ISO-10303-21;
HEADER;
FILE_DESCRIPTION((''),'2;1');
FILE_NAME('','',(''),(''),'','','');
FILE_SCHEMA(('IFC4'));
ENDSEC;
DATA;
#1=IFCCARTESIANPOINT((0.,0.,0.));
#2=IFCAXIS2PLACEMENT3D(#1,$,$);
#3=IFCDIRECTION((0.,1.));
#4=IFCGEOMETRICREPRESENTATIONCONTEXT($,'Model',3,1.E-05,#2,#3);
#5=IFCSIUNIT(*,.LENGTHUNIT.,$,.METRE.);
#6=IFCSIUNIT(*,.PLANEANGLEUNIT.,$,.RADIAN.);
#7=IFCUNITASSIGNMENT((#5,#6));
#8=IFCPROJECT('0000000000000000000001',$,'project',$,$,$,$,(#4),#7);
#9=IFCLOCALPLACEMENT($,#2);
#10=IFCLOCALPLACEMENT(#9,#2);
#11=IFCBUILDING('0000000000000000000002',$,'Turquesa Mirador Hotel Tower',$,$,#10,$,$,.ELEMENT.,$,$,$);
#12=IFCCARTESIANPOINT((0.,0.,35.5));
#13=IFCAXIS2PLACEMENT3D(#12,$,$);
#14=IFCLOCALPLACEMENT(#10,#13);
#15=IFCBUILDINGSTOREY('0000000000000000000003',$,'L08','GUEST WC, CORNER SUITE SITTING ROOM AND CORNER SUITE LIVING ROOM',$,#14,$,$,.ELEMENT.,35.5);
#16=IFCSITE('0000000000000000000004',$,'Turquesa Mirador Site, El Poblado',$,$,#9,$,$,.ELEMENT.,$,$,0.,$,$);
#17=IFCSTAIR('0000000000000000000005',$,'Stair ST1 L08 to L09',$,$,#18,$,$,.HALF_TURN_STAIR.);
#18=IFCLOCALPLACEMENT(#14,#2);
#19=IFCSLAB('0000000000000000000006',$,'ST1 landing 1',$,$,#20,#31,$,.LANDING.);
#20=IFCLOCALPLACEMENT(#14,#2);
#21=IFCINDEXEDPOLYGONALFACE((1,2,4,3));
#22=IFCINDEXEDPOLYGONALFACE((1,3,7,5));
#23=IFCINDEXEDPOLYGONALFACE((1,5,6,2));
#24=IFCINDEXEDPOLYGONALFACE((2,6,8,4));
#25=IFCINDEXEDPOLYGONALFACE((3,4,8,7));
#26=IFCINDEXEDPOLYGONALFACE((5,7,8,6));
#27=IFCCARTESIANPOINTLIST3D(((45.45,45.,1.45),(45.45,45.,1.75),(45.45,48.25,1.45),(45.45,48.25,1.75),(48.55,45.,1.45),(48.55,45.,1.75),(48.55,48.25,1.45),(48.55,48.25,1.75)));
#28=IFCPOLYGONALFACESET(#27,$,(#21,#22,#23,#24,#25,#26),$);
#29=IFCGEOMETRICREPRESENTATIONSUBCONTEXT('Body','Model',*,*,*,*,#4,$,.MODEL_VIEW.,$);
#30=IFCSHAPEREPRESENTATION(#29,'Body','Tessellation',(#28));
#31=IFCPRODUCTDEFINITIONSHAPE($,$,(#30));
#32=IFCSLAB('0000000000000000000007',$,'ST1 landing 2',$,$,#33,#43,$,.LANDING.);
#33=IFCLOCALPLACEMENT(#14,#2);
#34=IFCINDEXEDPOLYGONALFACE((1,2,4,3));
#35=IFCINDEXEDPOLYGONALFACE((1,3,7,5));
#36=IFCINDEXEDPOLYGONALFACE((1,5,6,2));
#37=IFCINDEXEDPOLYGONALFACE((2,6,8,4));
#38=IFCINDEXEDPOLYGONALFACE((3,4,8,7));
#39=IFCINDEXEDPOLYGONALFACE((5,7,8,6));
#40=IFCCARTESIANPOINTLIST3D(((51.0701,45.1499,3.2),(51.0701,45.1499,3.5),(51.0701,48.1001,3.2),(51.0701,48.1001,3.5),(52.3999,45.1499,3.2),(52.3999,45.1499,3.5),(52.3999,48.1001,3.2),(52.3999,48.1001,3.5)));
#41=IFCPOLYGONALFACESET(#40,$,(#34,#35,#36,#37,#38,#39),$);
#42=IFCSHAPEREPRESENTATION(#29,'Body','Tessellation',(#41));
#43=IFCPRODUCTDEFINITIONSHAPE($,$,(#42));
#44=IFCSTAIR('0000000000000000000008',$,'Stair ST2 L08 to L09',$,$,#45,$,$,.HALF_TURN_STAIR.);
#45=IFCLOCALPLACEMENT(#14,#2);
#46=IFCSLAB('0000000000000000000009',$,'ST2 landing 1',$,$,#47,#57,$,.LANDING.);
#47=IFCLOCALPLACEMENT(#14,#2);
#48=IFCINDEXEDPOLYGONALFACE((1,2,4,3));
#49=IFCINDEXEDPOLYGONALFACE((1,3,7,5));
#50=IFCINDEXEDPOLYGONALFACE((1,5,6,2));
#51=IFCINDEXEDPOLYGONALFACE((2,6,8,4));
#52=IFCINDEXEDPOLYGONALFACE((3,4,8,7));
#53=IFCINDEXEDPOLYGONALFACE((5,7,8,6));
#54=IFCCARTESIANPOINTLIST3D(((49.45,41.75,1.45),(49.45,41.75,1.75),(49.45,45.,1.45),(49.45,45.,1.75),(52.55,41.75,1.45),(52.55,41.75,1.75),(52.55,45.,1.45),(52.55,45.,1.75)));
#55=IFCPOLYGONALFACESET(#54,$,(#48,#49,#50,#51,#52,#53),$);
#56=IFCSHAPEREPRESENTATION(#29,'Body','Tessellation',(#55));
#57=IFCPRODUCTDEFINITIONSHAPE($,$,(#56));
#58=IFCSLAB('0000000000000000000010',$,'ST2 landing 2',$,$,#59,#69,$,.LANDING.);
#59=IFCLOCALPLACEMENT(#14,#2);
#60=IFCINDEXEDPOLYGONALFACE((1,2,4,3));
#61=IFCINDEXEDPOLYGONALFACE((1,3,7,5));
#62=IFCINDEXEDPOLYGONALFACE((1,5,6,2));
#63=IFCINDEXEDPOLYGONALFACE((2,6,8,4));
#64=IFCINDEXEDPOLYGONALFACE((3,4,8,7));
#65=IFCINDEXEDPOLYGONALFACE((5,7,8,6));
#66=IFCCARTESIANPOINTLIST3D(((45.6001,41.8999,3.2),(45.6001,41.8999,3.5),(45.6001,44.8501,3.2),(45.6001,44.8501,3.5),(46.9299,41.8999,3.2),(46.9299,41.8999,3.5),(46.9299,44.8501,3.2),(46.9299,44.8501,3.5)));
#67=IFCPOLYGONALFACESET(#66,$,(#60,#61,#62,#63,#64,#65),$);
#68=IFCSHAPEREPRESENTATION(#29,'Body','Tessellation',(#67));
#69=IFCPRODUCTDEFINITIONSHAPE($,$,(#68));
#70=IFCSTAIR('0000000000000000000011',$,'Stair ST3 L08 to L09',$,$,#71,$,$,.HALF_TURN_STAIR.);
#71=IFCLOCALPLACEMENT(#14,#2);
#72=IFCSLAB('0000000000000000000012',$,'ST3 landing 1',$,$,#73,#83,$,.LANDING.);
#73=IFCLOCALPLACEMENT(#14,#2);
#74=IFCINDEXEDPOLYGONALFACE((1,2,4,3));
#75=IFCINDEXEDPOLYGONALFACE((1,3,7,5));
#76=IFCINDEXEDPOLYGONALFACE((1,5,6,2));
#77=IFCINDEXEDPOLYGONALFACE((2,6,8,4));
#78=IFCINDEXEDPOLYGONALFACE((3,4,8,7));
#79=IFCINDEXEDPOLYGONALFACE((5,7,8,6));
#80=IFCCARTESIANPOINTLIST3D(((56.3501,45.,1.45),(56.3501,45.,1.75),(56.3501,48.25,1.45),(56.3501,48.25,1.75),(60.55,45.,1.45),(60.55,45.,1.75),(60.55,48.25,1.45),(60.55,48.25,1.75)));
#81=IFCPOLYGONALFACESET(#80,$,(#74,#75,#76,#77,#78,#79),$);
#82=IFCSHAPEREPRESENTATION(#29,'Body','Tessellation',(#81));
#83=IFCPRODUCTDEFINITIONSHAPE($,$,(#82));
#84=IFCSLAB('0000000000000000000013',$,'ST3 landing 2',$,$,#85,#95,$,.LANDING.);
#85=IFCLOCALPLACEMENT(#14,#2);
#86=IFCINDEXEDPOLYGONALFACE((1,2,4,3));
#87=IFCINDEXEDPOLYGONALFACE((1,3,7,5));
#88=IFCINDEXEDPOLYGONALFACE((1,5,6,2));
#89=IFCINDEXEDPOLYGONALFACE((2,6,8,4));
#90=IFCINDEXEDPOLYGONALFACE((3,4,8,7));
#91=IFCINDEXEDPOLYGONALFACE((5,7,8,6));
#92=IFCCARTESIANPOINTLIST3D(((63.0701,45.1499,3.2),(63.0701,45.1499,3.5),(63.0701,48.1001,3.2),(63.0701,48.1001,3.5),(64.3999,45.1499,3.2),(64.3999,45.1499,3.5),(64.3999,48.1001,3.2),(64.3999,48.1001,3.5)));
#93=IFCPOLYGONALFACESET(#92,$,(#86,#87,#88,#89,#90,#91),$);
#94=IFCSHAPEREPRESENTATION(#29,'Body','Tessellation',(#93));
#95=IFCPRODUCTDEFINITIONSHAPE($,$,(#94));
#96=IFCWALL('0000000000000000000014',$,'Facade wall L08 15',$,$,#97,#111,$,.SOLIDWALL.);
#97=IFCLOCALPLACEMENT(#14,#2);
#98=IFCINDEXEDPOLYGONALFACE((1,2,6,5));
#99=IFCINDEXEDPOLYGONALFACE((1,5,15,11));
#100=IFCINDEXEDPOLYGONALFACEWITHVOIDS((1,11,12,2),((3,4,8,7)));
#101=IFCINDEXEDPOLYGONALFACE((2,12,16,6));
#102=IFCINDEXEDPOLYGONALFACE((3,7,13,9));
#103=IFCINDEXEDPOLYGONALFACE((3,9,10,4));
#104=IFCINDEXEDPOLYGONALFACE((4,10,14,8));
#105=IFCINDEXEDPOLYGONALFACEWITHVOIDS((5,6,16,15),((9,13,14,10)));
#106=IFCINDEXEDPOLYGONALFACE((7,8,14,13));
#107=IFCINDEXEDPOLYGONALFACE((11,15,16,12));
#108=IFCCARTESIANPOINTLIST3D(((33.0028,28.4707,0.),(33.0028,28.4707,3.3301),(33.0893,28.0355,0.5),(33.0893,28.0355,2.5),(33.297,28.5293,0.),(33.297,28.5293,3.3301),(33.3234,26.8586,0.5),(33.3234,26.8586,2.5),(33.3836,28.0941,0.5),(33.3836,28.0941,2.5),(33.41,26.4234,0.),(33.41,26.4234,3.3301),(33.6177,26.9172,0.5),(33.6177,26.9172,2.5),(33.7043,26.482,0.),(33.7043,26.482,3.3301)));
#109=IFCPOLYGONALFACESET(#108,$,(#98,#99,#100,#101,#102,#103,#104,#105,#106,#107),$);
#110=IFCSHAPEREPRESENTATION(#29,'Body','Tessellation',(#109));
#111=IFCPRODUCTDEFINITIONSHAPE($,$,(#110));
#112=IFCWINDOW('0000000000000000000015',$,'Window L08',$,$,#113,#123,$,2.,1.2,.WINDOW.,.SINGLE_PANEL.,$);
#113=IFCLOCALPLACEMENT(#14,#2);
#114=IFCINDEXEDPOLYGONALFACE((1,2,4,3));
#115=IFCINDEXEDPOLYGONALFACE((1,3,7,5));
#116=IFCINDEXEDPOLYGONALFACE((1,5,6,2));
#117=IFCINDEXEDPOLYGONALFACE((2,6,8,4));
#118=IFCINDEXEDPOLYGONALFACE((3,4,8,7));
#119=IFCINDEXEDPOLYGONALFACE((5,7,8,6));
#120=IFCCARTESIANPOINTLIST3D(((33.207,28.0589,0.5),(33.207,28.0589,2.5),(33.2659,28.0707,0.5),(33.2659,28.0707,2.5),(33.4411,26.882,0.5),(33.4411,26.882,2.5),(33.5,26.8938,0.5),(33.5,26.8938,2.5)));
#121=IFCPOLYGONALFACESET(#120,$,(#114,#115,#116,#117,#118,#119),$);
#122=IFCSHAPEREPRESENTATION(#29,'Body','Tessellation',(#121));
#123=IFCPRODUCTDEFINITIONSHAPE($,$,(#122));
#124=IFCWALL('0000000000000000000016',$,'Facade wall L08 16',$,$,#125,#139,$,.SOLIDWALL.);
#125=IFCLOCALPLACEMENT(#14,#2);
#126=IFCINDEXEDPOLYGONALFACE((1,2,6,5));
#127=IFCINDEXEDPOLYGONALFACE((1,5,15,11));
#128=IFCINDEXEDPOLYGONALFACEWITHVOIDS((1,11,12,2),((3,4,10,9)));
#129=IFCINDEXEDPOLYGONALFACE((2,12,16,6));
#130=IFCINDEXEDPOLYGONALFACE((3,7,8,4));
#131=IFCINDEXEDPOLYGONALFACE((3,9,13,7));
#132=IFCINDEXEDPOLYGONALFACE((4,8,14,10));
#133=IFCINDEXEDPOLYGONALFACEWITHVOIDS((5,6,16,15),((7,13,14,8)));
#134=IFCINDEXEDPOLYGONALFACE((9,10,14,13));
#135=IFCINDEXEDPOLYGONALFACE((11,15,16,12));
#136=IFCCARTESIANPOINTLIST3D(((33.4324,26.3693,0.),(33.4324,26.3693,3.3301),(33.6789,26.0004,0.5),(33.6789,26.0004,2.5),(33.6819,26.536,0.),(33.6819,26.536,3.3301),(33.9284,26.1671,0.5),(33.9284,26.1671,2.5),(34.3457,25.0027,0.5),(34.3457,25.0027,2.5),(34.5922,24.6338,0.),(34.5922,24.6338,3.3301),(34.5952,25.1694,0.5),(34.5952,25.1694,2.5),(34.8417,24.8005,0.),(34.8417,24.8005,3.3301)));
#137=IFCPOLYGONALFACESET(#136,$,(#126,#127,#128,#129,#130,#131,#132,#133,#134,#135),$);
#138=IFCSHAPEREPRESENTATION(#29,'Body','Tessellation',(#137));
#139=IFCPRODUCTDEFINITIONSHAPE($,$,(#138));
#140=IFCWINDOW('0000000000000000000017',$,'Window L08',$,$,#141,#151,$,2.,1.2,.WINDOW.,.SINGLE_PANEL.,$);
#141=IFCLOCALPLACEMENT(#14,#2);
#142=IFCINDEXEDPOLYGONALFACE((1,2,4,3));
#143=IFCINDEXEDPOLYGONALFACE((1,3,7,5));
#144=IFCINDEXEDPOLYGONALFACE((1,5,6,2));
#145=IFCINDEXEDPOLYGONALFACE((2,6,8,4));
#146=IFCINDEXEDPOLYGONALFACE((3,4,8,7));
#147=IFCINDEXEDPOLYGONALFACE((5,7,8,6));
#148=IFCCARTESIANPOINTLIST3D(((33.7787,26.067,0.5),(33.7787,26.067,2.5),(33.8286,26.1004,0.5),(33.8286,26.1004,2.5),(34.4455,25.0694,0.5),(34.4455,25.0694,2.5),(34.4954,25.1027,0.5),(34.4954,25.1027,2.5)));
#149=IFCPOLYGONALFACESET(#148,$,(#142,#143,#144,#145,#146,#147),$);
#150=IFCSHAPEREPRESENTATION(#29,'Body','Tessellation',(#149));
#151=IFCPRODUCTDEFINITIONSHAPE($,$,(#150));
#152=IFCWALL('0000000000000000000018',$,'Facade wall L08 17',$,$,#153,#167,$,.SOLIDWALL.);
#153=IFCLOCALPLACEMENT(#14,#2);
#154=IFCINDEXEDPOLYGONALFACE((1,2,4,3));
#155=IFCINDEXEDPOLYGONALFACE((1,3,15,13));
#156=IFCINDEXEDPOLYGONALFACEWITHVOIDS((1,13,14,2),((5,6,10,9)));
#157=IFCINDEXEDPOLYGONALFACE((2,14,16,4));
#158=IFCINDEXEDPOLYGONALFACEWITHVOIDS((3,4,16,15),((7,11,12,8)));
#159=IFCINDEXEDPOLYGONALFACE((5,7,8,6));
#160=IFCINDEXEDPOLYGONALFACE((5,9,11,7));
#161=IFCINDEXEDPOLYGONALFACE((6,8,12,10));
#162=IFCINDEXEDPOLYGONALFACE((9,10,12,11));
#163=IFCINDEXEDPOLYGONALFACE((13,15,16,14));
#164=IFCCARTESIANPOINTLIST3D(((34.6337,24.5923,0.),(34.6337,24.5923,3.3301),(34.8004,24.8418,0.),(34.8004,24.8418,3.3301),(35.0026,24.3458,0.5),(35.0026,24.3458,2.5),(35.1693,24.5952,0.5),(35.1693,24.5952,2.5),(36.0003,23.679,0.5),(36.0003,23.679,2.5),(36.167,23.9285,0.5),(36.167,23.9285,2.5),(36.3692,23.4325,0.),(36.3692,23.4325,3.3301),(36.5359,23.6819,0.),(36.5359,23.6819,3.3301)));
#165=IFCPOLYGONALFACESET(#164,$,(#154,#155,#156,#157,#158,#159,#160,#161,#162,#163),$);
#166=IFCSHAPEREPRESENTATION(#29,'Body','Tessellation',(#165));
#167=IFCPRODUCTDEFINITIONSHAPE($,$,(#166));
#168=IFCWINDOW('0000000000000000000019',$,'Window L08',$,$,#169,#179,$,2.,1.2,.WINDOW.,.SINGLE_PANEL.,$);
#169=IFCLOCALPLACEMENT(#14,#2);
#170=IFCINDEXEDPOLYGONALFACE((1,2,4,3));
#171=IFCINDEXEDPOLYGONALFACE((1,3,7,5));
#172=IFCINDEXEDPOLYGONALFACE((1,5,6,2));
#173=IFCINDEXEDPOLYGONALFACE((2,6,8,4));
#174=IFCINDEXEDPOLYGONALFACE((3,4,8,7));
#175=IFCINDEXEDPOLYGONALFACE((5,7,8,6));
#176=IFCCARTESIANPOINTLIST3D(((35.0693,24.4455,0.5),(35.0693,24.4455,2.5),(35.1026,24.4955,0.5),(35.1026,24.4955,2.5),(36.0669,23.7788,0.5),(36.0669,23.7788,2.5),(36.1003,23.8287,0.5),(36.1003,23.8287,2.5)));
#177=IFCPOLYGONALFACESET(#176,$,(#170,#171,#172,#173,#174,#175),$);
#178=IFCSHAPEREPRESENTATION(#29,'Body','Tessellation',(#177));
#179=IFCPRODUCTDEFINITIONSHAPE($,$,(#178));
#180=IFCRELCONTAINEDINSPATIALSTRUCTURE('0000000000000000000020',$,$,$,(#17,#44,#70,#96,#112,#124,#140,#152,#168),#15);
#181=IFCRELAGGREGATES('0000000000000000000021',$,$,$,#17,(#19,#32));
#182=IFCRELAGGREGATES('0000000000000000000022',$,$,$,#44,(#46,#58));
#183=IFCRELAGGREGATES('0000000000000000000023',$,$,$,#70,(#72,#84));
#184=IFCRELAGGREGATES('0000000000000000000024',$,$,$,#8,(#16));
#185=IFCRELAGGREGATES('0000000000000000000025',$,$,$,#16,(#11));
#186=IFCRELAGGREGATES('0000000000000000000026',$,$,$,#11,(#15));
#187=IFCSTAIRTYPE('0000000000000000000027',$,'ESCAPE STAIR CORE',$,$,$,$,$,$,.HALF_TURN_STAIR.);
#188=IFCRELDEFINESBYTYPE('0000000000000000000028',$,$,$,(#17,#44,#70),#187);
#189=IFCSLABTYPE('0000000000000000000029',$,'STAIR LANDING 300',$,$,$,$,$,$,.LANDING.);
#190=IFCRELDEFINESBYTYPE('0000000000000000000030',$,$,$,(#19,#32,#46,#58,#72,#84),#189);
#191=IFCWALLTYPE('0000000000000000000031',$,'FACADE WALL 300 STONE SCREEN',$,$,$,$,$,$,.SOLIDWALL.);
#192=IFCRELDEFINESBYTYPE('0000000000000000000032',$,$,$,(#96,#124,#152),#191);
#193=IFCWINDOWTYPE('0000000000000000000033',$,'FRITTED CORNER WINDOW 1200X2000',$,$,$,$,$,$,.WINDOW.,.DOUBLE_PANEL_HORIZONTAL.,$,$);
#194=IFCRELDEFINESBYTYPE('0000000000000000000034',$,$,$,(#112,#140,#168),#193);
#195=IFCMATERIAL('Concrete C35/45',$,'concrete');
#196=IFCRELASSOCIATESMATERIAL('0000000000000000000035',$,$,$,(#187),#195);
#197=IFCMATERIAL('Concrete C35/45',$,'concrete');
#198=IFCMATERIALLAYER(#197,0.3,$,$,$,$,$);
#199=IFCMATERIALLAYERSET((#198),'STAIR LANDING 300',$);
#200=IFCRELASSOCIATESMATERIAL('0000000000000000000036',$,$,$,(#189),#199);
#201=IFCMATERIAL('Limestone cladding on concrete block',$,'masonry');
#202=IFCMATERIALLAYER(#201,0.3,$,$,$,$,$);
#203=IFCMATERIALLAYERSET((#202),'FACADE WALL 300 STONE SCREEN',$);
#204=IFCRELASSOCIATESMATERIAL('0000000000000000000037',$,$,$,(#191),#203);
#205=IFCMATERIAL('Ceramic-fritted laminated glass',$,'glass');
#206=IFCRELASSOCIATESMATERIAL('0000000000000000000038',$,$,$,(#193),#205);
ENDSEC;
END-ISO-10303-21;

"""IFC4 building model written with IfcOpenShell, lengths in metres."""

from ifc_helpers import new_model, si_unit, direction, frame, frame_2d, origin, place, context, subcontext, project, spatial, polyline, rectangle, outline, extrude, material, layer, layer_set, type_object, element, fill, aggregate, save


model = new_model("IFC4")

# Units and contexts
model_context = context("Model", 3, precision=1e-05, world=origin(), true_north=direction((0.0, 1.0)))
body_context = subcontext(model_context, "Body", "Model", "MODEL_VIEW")
ifc_project = project(units=[si_unit("LENGTHUNIT", "METRE"), si_unit("PLANEANGLEUNIT", "RADIAN")], contexts=[model_context])

# Site, building, storey
site_placement = place(None, origin())
site = spatial("IfcSite", under=ifc_project, at=site_placement, Name="Turquesa Mirador Site, El Poblado", CompositionType="ELEMENT", RefElevation=0.0)
building_placement = place(site_placement, origin())
building = spatial("IfcBuilding", under=site, at=building_placement, Name="Turquesa Mirador Hotel Tower", CompositionType="ELEMENT")
storey_placement = place(building_placement, frame((0.0, 0.0, 35.5)))
storey = spatial("IfcBuildingStorey", under=building, at=storey_placement, Name="L08", Description="GUEST WC, CORNER SUITE SITTING ROOM AND CORNER SUITE LIVING ROOM", CompositionType="ELEMENT", Elevation=35.5)

# Stairs, slabs
ifc_material_1 = material(Name="Concrete C35/45", Category="concrete")
stair_type = type_object("IfcStairType", Name="ESCAPE STAIR CORE", PredefinedType="HALF_TURN_STAIR", material=ifc_material_1)
stair_1_placement = place(storey_placement, origin())
stair_1 = element("IfcStair", 1, at=stair_1_placement, inside=storey, type_object=stair_type, Name="Stair ST1 L08 to L09", PredefinedType="HALF_TURN_STAIR")
ifc_material_2 = material(Name="Concrete C35/45", Category="concrete")
ifc_layer_1 = layer(ifc_material_2, 0.3)
ifc_layer_set_1 = layer_set([ifc_layer_1], Name="STAIR LANDING 300")
slab_type_1 = type_object("IfcSlabType", Name="STAIR LANDING 300", PredefinedType="LANDING", material=ifc_layer_set_1)
slab_1_placement = place(storey_placement, frame((0.0, 0.0, 1.45)))
slab_1 = element("IfcSlab", 2, at=slab_1_placement, type_object=slab_type_1, Name="ST1 landing 1", PredefinedType="LANDING", context=body_context, shape_type="SweptSolid", body=[
    extrude(outline(polyline([(45.45, 45.0), (48.55, 45.0), (48.55, 48.25), (45.45, 48.25), (45.45, 45.0)])), origin(), (0.0, 0.0, 1.0), 0.3),
])
slab_2_placement = place(storey_placement, frame((0.0, 0.0, 3.2)))
slab_2 = element("IfcSlab", 3, at=slab_2_placement, type_object=slab_type_1, Name="ST1 landing 2", PredefinedType="LANDING", context=body_context, shape_type="SweptSolid", body=[
    extrude(outline(polyline([(51.0701, 45.1499), (52.3999, 45.1499), (52.3999, 48.1001), (51.0701, 48.1001), (51.0701, 45.1499)])), origin(), (0.0, 0.0, 1.0), 0.3),
])
aggregate(stair_1, [slab_1, slab_2])
stair_2_placement = place(storey_placement, origin())
stair_2 = element("IfcStair", 4, at=stair_2_placement, inside=storey, type_object=stair_type, Name="Stair ST2 L08 to L09", PredefinedType="HALF_TURN_STAIR")
slab_3_placement = place(storey_placement, frame((0.0, 0.0, 1.45)))
slab_3 = element("IfcSlab", 5, at=slab_3_placement, type_object=slab_type_1, Name="ST2 landing 1", PredefinedType="LANDING", context=body_context, shape_type="SweptSolid", body=[
    extrude(outline(polyline([(52.55, 45.0), (49.45, 45.0), (49.45, 41.75), (52.55, 41.75), (52.55, 45.0)])), origin(), (0.0, 0.0, 1.0), 0.3),
])
slab_4_placement = place(storey_placement, frame((0.0, 0.0, 3.2)))
slab_4 = element("IfcSlab", 6, at=slab_4_placement, type_object=slab_type_1, Name="ST2 landing 2", PredefinedType="LANDING", context=body_context, shape_type="SweptSolid", body=[
    extrude(outline(polyline([(46.9299, 44.8501), (45.6001, 44.8501), (45.6001, 41.8999), (46.9299, 41.8999), (46.9299, 44.8501)])), origin(), (0.0, 0.0, 1.0), 0.3),
])
aggregate(stair_2, [slab_3, slab_4])
stair_3_placement = place(storey_placement, origin())
stair_3 = element("IfcStair", 7, at=stair_3_placement, inside=storey, type_object=stair_type, Name="Stair ST3 L08 to L09", PredefinedType="HALF_TURN_STAIR")
slab_5_placement = place(storey_placement, frame((0.0, 0.0, 1.45)))
slab_5 = element("IfcSlab", 8, at=slab_5_placement, type_object=slab_type_1, Name="ST3 landing 1", PredefinedType="LANDING", context=body_context, shape_type="SweptSolid", body=[
    extrude(outline(polyline([(56.3501, 45.0), (60.55, 45.0), (60.55, 48.25), (56.3501, 48.25), (56.3501, 45.0)])), origin(), (0.0, 0.0, 1.0), 0.3),
])
slab_6_placement = place(storey_placement, frame((0.0, 0.0, 3.2)))
slab_6 = element("IfcSlab", 9, at=slab_6_placement, type_object=slab_type_1, Name="ST3 landing 2", PredefinedType="LANDING", context=body_context, shape_type="SweptSolid", body=[
    extrude(outline(polyline([(63.0701, 45.1499), (64.3999, 45.1499), (64.3999, 48.1001), (63.0701, 48.1001), (63.0701, 45.1499)])), origin(), (0.0, 0.0, 1.0), 0.3),
])
aggregate(stair_3, [slab_5, slab_6])

# Walls, openings, windows
ifc_material_3 = material(Name="Limestone cladding on concrete block", Category="masonry")
ifc_layer_2 = layer(ifc_material_3, 0.3)
ifc_layer_set_2 = layer_set([ifc_layer_2], Name="FACADE WALL 300 STONE SCREEN")
wall_type_1 = type_object("IfcWallType", Name="FACADE WALL 300 STONE SCREEN", PredefinedType="SOLIDWALL", material=ifc_layer_set_2)
wall_1_placement = place(storey_placement, frame((33.1499, 28.5, 0.0), z_axis=(0.0, 0.0, 1.0), x_axis=(0.195081, -0.980787, 0.0)))
wall_1 = element("IfcWall", 10, at=wall_1_placement, inside=storey, type_object=wall_type_1, Name="Facade wall L08 15", PredefinedType="SOLIDWALL", context=body_context, shape_type="SweptSolid", body=[
    extrude(rectangle(XDim=2.0874, YDim=0.3, at=frame_2d((1.0437, 0.0))), origin(), (0.0, 0.0, 1.0), 3.3301),
])
opening_1_placement = place(wall_1_placement, frame((0.4436, 0.0, 0.5)))
opening_1 = element("IfcOpeningElement", 11, at=opening_1_placement, cuts=wall_1, PredefinedType="OPENING", context=body_context, shape_type="SweptSolid", body=[
    extrude(rectangle(XDim=1.2, YDim=2.0, at=frame_2d((0.6001, 1.0))), frame((0.0, 0.1599, 0.0), z_axis=(0.0, -1.0, 0.0), x_axis=(1.0, 0.0, 0.0)), (0.0, 0.0, 1.0), 0.3201),
])
ifc_material_4 = material(Name="Ceramic-fritted laminated glass", Category="glass")
window_type_1 = type_object("IfcWindowType", Name="FRITTED CORNER WINDOW 1200X2000", PartitioningType="DOUBLE_PANEL_HORIZONTAL", PredefinedType="WINDOW", material=ifc_material_4)
window_1_placement = place(opening_1_placement, origin())
window_1 = element("IfcWindow", 12, at=window_1_placement, inside=storey, type_object=window_type_1, Name="Window L08", OverallHeight=2.0, OverallWidth=1.2, PartitioningType="SINGLE_PANEL", PredefinedType="WINDOW", context=body_context, shape_type="SweptSolid", body=[
    extrude(rectangle(XDim=1.2, YDim=2.0, at=frame_2d((0.6001, 1.0))), frame((0.0, 0.03, 0.0), z_axis=(0.0, -1.0, 0.0), x_axis=(1.0, 0.0, 0.0)), (0.0, 0.0, 1.0), 0.0601),
])
fill(opening_1, window_1)
wall_2_placement = place(storey_placement, frame((33.5571, 26.4526, 0.0), z_axis=(0.0, 0.0, 1.0), x_axis=(0.555644, -0.83142, 0.0)))
wall_2 = element("IfcWall", 13, at=wall_2_placement, inside=storey, type_object=wall_type_1, Name="Facade wall L08 16", PredefinedType="SOLIDWALL", context=body_context, shape_type="SweptSolid", body=[
    extrude(rectangle(XDim=2.0874, YDim=0.3, at=frame_2d((1.0437, 0.0))), origin(), (0.0, 0.0, 1.0), 3.3301),
])
opening_2_placement = place(wall_2_placement, frame((0.4436, 0.0, 0.5)))
opening_2 = element("IfcOpeningElement", 14, at=opening_2_placement, cuts=wall_2, PredefinedType="OPENING", context=body_context, shape_type="SweptSolid", body=[
    extrude(rectangle(XDim=1.2, YDim=2.0, at=frame_2d((0.6001, 1.0))), frame((0.0, 0.1599, 0.0), z_axis=(0.0, -1.0, 0.0), x_axis=(1.0, 0.0, 0.0)), (0.0, 0.0, 1.0), 0.3201),
])
window_2_placement = place(opening_2_placement, origin())
window_2 = element("IfcWindow", 15, at=window_2_placement, inside=storey, type_object=window_type_1, Name="Window L08", OverallHeight=2.0, OverallWidth=1.2, PartitioningType="SINGLE_PANEL", PredefinedType="WINDOW", context=body_context, shape_type="SweptSolid", body=[
    extrude(rectangle(XDim=1.2, YDim=2.0, at=frame_2d((0.6001, 1.0))), frame((0.0, 0.03, 0.0), z_axis=(0.0, -1.0, 0.0), x_axis=(1.0, 0.0, 0.0)), (0.0, 0.0, 1.0), 0.0601),
])
fill(opening_2, window_2)
wall_3_placement = place(storey_placement, frame((34.717, 24.717, 0.0), z_axis=(0.0, 0.0, 1.0), x_axis=(0.83142, -0.555644, 0.0)))
wall_3 = element("IfcWall", 16, at=wall_3_placement, inside=storey, type_object=wall_type_1, Name="Facade wall L08 17", PredefinedType="SOLIDWALL", context=body_context, shape_type="SweptSolid", body=[
    extrude(rectangle(XDim=2.0874, YDim=0.3, at=frame_2d((1.0437, 0.0))), origin(), (0.0, 0.0, 1.0), 3.3301),
])
opening_3_placement = place(wall_3_placement, frame((0.4436, 0.0, 0.5)))
opening_3 = element("IfcOpeningElement", 17, at=opening_3_placement, cuts=wall_3, PredefinedType="OPENING", context=body_context, shape_type="SweptSolid", body=[
    extrude(rectangle(XDim=1.2, YDim=2.0, at=frame_2d((0.6001, 1.0))), frame((0.0, 0.1599, 0.0), z_axis=(0.0, -1.0, 0.0), x_axis=(1.0, 0.0, 0.0)), (0.0, 0.0, 1.0), 0.3201),
])
window_3_placement = place(opening_3_placement, origin())
window_3 = element("IfcWindow", 18, at=window_3_placement, inside=storey, type_object=window_type_1, Name="Window L08", OverallHeight=2.0, OverallWidth=1.2, PartitioningType="SINGLE_PANEL", PredefinedType="WINDOW", context=body_context, shape_type="SweptSolid", body=[
    extrude(rectangle(XDim=1.2, YDim=2.0, at=frame_2d((0.6001, 1.0))), frame((0.0, 0.03, 0.0), z_axis=(0.0, -1.0, 0.0), x_axis=(1.0, 0.0, 0.0)), (0.0, 0.0, 1.0), 0.0601),
])
fill(opening_3, window_3)

save(model, "model.ifc")
